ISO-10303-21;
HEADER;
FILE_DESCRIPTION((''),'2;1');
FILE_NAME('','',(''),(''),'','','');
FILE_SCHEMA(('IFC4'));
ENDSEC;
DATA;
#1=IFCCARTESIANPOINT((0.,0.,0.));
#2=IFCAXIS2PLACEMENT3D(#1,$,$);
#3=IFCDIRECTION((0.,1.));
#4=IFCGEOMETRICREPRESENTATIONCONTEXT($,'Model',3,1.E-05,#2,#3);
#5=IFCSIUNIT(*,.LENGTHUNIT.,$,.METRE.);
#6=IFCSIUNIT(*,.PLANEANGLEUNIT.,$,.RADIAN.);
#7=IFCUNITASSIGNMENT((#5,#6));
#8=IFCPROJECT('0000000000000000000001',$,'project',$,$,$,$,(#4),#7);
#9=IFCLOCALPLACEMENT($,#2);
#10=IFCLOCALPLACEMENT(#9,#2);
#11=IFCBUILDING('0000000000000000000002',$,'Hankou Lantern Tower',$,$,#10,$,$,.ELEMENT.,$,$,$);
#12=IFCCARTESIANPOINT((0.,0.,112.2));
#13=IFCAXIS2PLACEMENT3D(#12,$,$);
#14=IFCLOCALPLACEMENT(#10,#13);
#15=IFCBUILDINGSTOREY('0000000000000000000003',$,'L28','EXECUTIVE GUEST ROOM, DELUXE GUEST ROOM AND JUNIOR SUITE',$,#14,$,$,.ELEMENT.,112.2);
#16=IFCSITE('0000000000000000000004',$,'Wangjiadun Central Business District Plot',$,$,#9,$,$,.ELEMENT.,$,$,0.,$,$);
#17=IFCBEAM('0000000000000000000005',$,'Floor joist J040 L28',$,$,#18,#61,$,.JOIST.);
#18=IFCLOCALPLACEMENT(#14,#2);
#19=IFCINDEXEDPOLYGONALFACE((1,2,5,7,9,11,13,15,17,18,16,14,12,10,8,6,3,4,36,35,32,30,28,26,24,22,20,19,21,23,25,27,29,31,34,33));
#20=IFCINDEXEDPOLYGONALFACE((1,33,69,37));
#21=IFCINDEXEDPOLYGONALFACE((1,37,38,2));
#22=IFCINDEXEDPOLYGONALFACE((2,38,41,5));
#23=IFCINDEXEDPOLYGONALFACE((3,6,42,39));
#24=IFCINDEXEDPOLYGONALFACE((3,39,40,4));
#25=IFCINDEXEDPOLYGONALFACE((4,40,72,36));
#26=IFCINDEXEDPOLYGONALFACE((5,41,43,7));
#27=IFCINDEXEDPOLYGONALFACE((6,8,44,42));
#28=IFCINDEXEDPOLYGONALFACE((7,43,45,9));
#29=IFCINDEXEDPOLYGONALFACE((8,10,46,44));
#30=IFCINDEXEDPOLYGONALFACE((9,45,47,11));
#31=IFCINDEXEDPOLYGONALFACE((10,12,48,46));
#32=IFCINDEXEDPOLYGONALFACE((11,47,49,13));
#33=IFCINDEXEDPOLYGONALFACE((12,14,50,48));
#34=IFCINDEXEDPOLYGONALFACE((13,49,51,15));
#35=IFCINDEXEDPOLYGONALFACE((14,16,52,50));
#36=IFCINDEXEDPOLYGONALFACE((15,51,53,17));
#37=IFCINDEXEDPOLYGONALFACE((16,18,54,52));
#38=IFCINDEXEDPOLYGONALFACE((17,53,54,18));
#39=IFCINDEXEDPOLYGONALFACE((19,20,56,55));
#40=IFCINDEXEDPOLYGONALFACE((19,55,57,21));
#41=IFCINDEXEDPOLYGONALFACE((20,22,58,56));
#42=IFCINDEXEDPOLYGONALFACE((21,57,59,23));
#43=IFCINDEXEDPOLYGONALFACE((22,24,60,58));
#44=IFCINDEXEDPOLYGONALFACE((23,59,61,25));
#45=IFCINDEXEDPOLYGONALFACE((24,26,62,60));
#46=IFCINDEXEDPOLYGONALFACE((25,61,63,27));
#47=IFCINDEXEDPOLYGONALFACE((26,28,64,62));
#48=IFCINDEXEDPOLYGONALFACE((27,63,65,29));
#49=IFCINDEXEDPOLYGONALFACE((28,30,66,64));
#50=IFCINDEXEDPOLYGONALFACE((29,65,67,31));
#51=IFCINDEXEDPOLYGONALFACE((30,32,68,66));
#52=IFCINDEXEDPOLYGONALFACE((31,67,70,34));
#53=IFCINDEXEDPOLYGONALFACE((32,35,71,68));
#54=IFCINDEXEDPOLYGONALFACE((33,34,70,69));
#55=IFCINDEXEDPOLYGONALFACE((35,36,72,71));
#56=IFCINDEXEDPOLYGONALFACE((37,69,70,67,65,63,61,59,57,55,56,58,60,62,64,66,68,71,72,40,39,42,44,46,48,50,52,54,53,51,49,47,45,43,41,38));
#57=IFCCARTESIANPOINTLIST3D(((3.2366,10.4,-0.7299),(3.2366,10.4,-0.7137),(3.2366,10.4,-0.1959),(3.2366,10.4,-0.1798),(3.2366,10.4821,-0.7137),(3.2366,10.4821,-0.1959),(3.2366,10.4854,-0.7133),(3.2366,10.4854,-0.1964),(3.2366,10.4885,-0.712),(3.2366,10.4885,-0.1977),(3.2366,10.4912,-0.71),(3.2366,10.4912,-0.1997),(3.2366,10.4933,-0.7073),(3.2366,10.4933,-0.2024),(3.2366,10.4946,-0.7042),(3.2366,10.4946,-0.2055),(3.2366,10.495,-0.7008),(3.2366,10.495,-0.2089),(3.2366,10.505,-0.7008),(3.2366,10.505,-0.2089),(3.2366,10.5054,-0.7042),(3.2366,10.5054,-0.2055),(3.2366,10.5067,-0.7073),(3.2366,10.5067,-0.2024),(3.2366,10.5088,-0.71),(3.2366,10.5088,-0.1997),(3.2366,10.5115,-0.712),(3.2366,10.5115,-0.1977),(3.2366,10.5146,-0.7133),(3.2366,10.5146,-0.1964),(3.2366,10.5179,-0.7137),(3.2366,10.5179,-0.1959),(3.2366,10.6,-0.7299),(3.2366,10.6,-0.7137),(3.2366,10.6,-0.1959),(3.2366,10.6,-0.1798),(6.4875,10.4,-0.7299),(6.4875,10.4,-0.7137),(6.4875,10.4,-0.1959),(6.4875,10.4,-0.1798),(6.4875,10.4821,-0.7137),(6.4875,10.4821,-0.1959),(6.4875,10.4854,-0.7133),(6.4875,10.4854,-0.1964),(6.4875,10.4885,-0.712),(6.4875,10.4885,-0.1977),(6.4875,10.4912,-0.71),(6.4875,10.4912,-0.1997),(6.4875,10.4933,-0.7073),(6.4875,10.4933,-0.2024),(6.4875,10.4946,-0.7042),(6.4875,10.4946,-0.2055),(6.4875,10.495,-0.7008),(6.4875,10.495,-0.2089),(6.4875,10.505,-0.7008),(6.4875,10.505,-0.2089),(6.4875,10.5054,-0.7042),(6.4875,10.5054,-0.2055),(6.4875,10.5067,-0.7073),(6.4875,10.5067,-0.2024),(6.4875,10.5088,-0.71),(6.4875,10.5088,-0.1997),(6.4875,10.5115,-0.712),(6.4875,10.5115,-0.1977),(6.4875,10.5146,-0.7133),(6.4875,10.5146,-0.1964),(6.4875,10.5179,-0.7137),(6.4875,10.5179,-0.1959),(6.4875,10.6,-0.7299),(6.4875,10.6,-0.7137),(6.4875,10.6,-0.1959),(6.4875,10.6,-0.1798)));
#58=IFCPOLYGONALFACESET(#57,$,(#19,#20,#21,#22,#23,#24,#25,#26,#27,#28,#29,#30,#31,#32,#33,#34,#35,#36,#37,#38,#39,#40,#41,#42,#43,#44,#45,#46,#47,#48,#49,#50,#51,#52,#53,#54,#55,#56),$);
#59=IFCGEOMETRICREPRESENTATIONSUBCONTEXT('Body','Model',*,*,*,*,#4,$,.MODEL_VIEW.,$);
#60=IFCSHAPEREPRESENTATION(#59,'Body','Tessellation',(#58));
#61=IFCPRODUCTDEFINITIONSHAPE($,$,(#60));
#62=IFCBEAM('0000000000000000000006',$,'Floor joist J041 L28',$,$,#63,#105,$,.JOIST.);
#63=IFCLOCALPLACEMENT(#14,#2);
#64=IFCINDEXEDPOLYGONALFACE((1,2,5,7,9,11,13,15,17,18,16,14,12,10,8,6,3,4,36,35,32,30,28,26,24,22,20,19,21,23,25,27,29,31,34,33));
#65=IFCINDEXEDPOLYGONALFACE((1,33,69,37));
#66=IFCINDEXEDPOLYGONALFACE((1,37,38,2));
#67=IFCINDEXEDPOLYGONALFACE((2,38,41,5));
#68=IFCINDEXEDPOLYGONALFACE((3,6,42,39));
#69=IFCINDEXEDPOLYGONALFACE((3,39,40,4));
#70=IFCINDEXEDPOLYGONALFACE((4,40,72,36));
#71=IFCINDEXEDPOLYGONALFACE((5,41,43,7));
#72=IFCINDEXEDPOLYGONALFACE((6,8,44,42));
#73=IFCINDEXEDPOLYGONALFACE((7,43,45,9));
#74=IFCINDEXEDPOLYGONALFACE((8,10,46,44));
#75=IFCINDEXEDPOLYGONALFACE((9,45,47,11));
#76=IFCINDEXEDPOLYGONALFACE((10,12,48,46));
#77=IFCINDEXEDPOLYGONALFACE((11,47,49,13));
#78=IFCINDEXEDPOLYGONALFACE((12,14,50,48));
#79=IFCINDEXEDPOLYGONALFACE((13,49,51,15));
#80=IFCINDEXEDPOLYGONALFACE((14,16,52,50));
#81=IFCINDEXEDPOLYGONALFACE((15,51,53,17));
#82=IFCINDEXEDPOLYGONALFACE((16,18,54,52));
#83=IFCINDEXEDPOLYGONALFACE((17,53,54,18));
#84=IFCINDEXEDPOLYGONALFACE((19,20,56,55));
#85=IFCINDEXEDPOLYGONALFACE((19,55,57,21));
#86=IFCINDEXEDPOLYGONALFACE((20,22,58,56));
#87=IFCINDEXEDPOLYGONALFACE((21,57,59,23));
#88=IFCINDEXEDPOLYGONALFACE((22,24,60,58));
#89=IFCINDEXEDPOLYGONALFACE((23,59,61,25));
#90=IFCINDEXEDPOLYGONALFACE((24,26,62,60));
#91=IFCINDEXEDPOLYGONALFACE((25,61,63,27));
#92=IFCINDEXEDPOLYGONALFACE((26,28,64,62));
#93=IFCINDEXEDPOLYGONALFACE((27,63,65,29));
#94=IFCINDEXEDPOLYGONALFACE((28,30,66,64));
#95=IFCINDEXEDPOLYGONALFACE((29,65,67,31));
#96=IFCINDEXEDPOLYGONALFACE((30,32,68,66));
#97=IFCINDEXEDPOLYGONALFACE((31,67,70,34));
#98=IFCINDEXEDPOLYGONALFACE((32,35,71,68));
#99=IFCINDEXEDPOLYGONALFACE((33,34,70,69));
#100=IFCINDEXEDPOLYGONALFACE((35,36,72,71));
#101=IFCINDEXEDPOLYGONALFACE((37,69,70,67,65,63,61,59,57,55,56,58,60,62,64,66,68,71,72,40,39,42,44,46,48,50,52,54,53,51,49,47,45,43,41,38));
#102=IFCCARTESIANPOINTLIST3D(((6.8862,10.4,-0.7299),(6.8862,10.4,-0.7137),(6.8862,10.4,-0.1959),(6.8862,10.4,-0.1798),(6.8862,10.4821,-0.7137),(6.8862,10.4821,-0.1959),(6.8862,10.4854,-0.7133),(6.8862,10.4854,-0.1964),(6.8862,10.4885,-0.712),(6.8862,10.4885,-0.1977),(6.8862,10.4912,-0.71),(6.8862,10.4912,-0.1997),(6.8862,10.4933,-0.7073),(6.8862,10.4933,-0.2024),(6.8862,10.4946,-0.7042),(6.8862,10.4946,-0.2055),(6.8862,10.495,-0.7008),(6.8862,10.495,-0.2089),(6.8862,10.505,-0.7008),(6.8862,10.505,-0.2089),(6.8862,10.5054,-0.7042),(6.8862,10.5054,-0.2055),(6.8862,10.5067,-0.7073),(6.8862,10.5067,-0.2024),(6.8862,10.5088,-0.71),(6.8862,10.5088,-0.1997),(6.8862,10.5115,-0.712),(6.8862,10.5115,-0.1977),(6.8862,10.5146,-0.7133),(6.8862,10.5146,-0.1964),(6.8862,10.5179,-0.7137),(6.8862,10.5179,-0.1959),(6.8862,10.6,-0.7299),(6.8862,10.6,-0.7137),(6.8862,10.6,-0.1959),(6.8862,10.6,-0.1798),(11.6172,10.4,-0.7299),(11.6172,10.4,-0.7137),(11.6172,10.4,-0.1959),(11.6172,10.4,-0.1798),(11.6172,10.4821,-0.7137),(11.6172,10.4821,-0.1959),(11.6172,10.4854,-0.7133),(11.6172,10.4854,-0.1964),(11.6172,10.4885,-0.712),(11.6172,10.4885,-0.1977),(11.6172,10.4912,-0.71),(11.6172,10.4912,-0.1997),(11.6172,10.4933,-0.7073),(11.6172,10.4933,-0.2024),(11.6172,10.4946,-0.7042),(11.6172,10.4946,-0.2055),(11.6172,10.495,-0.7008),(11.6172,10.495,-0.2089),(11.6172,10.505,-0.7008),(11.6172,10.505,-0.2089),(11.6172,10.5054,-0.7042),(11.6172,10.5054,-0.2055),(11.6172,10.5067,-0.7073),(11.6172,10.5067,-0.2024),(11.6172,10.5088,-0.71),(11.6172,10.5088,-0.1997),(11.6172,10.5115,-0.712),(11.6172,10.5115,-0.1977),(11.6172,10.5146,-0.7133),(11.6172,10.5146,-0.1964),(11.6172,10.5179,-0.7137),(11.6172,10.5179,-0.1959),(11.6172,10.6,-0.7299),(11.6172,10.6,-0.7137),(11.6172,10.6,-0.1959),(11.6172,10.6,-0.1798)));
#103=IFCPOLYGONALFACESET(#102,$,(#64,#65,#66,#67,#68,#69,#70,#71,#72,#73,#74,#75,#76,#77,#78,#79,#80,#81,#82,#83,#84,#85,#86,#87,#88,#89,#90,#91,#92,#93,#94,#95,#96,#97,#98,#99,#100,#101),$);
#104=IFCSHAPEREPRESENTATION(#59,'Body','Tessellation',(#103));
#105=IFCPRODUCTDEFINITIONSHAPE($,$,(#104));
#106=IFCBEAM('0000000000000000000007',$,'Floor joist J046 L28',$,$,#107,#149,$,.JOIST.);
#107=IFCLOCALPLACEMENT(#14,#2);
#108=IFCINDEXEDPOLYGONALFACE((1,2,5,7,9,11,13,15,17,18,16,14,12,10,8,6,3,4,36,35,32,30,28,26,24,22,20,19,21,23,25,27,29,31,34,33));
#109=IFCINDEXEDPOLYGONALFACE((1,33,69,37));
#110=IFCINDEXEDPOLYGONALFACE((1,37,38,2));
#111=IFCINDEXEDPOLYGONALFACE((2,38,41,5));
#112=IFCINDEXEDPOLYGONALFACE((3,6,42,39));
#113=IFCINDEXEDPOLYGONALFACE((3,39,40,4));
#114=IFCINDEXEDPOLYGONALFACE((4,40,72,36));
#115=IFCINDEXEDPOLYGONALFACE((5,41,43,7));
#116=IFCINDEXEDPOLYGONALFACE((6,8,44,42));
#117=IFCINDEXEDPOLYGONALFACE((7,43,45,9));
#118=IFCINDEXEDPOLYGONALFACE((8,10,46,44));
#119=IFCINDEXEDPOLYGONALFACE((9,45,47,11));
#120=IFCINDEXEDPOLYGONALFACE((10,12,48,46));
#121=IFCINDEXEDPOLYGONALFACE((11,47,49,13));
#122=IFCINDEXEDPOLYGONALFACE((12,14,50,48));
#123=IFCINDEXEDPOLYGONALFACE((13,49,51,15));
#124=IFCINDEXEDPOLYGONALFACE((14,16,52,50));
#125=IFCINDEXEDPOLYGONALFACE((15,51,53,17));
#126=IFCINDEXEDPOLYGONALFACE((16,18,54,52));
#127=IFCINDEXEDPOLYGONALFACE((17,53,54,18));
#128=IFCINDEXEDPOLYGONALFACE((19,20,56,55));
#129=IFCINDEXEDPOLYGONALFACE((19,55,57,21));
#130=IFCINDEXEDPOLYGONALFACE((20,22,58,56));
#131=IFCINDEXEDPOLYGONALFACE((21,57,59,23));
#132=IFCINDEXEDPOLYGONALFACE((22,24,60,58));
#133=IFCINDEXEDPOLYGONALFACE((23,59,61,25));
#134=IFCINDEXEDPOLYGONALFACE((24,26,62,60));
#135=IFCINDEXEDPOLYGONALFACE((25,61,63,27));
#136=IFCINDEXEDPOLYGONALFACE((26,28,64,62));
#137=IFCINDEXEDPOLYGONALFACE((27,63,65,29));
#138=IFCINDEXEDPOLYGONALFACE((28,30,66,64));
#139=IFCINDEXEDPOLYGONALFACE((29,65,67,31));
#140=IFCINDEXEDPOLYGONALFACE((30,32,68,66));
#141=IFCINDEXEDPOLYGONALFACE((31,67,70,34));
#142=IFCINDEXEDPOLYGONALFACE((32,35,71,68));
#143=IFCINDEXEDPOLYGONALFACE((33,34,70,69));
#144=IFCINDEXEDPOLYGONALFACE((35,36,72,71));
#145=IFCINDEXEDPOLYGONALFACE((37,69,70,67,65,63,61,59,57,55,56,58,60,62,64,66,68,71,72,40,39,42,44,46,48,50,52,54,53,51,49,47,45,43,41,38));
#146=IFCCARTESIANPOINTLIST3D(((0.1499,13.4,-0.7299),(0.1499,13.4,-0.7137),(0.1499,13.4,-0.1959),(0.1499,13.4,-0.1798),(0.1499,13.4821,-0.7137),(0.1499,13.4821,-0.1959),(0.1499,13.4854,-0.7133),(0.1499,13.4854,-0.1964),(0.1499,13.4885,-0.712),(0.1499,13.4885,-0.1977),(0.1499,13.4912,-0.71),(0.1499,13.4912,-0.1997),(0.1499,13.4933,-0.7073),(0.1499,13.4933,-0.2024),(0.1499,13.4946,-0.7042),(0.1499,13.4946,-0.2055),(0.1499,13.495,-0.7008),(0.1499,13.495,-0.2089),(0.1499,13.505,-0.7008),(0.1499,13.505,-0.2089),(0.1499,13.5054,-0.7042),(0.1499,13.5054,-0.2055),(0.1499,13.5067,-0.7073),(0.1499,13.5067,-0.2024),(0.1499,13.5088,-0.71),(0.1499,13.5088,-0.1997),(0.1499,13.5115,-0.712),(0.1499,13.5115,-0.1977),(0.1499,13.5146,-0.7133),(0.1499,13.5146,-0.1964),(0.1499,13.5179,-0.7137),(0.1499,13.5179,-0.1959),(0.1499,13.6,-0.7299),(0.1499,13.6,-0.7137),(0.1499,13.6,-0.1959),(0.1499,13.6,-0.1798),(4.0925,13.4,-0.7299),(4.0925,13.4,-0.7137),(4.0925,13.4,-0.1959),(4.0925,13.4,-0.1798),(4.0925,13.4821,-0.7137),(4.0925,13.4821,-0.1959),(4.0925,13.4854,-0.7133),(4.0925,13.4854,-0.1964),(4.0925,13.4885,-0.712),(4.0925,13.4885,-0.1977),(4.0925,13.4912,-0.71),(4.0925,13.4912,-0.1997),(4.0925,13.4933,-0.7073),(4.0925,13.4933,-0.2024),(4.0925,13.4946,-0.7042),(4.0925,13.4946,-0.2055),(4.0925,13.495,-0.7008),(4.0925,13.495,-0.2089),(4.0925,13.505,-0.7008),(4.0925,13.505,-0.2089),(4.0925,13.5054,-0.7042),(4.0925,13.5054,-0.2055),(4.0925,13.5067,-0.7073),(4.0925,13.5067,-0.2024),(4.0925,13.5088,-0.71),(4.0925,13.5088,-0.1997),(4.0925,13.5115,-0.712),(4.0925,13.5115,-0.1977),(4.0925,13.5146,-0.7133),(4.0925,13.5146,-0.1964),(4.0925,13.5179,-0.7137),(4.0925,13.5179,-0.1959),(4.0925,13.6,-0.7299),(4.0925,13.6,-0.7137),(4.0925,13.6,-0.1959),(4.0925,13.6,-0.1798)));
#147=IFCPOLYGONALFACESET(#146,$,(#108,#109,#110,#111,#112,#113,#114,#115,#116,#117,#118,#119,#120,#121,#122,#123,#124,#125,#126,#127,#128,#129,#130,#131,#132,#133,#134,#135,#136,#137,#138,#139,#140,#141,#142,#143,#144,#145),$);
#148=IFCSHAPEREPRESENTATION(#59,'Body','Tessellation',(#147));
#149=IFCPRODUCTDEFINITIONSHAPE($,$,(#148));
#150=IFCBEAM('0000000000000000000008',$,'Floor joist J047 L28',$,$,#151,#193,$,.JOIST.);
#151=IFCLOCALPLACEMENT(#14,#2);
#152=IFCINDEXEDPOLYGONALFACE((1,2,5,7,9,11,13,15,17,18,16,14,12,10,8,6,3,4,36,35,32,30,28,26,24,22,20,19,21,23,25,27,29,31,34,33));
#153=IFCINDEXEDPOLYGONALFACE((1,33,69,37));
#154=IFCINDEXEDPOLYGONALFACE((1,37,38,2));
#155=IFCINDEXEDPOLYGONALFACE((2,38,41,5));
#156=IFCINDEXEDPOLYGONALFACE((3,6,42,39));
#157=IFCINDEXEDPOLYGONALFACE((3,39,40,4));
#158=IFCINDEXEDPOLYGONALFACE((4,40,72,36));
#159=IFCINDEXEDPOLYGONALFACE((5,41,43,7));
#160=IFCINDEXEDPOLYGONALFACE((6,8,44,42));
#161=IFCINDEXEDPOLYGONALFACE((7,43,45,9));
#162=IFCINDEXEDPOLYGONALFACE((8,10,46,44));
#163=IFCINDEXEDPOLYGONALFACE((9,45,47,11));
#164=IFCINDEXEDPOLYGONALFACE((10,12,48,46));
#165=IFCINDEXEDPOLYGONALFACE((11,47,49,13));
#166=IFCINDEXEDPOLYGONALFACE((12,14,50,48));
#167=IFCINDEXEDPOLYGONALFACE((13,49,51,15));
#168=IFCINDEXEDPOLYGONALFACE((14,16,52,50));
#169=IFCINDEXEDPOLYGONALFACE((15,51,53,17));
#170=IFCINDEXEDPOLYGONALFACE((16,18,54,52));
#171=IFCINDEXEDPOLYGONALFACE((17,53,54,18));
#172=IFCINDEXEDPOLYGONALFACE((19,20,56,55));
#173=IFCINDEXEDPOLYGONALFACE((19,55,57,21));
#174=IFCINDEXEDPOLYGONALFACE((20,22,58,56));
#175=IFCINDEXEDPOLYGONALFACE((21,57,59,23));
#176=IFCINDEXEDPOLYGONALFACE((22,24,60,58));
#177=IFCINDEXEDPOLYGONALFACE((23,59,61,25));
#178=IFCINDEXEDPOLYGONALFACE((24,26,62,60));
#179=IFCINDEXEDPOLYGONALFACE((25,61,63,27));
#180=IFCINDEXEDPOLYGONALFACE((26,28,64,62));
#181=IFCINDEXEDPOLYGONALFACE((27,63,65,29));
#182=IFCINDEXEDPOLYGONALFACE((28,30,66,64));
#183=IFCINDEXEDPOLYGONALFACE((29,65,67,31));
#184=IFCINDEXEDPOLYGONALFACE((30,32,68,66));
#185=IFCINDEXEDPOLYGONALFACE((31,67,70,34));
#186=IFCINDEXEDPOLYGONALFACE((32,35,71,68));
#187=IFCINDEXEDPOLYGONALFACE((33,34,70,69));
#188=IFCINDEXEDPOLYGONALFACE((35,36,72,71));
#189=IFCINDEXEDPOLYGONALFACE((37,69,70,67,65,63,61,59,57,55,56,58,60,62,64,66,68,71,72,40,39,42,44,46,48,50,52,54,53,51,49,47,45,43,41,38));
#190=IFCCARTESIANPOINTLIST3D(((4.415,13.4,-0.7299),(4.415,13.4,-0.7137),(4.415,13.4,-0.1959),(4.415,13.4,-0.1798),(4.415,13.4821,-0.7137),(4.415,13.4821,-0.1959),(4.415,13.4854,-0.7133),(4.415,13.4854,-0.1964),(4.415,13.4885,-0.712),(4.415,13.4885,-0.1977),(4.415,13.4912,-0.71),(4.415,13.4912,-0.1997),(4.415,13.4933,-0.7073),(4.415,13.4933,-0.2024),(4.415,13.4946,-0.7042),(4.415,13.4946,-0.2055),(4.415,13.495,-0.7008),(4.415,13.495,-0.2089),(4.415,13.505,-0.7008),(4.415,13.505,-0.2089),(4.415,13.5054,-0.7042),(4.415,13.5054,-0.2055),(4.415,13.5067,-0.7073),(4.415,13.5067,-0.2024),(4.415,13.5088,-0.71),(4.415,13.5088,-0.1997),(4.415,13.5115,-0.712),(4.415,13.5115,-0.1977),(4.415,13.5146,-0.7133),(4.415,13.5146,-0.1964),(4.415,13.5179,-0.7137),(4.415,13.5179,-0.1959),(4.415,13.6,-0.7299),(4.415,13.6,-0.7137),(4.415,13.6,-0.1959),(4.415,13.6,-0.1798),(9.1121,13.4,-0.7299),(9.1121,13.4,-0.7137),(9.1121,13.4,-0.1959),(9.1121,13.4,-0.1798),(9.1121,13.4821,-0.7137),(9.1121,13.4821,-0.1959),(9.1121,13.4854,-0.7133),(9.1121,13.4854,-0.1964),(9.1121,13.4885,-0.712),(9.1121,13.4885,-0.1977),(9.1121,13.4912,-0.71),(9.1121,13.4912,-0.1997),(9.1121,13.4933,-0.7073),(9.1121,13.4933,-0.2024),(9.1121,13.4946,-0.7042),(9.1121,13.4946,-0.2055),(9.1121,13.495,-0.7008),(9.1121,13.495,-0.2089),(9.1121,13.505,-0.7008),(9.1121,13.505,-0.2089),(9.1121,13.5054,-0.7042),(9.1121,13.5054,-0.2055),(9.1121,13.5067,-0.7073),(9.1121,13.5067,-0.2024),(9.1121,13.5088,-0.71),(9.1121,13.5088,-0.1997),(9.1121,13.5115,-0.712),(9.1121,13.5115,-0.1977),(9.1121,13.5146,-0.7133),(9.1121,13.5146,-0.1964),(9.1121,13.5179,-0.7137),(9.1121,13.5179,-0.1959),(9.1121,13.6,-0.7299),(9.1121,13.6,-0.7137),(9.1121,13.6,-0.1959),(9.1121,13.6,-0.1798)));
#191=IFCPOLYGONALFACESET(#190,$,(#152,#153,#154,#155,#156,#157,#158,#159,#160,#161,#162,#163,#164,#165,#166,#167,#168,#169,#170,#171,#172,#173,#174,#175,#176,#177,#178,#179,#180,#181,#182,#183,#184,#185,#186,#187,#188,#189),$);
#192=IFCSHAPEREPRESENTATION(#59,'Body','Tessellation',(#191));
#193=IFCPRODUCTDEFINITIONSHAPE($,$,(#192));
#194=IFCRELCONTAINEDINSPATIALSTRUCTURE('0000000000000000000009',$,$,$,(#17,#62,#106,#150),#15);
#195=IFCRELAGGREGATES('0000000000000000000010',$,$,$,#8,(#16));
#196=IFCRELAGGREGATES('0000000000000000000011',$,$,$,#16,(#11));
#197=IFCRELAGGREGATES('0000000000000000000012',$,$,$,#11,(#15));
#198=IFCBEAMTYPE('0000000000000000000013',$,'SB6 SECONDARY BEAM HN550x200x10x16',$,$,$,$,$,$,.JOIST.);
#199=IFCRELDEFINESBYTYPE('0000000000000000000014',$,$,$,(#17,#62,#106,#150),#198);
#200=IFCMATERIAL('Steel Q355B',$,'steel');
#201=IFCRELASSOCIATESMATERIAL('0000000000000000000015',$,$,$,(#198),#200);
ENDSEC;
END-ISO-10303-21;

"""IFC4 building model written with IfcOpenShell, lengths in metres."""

from ifc_helpers import new_model, si_unit, direction, frame, origin, origin_2d, place, context, subcontext, project, spatial, i_section, extrude, material, material_profile, profile_set, type_object, element, save


model = new_model("IFC4")

# Units and contexts
model_context = context("Model", 3, precision=1e-05, world=origin(), true_north=direction((0.0, 1.0)))
body_context = subcontext(model_context, "Body", "Model", "MODEL_VIEW")
ifc_project = project(units=[si_unit("LENGTHUNIT", "METRE"), si_unit("PLANEANGLEUNIT", "RADIAN")], contexts=[model_context])

# Site, building, storey
site_placement = place(None, origin())
site = spatial("IfcSite", under=ifc_project, at=site_placement, Name="Wangjiadun Central Business District Plot", CompositionType="ELEMENT", RefElevation=0.0)
building_placement = place(site_placement, origin())
building = spatial("IfcBuilding", under=site, at=building_placement, Name="Hankou Lantern Tower", CompositionType="ELEMENT")
storey_placement = place(building_placement, frame((0.0, 0.0, 112.2)))
storey = spatial("IfcBuildingStorey", under=building, at=storey_placement, Name="L28", Description="EXECUTIVE GUEST ROOM, DELUXE GUEST ROOM AND JUNIOR SUITE", CompositionType="ELEMENT", Elevation=112.2)

# Beams
ifc_material_1 = material(Name="Steel Q355B", Category="steel")
ifc_material_profile_1 = material_profile(ifc_material_1, i_section(OverallWidth=0.2, OverallDepth=0.55, WebThickness=0.01, FlangeThickness=0.0161, FilletRadius=0.0129, at=origin_2d()), Name="HN550x200x10x16")
ifc_profile_set_1 = profile_set([ifc_material_profile_1], Name="Steel Q355B")
beam_type_1 = type_object("IfcBeamType", Name="SB6 SECONDARY BEAM HN550x200x10x16", PredefinedType="JOIST", material=ifc_profile_set_1)
beam_1_placement = place(storey_placement, frame((3.2366, 10.5, -0.4548), z_axis=(1.0, 0.0, 0.0), x_axis=(0.0, 1.0, 0.0)))
element("IfcBeam", 1, at=beam_1_placement, inside=storey, type_object=beam_type_1, Name="Floor joist J040 L28", PredefinedType="JOIST", context=body_context, shape_type="SweptSolid", body=[
    extrude(i_section(OverallWidth=0.2, OverallDepth=0.55, WebThickness=0.01, FlangeThickness=0.0161, FilletRadius=0.0129, at=origin_2d()), origin(), (0.0, 0.0, 1.0), 3.251),
])
beam_2_placement = place(storey_placement, frame((6.8862, 10.5, -0.4548), z_axis=(1.0, 0.0, 0.0), x_axis=(0.0, 1.0, 0.0)))
element("IfcBeam", 2, at=beam_2_placement, inside=storey, type_object=beam_type_1, Name="Floor joist J041 L28", PredefinedType="JOIST", context=body_context, shape_type="SweptSolid", body=[
    extrude(i_section(OverallWidth=0.2, OverallDepth=0.55, WebThickness=0.01, FlangeThickness=0.0161, FilletRadius=0.0129, at=origin_2d()), origin(), (0.0, 0.0, 1.0), 4.731),
])
beam_3_placement = place(storey_placement, frame((0.1499, 13.5, -0.4548), z_axis=(1.0, 0.0, 0.0), x_axis=(0.0, 1.0, 0.0)))
element("IfcBeam", 3, at=beam_3_placement, inside=storey, type_object=beam_type_1, Name="Floor joist J046 L28", PredefinedType="JOIST", context=body_context, shape_type="SweptSolid", body=[
    extrude(i_section(OverallWidth=0.2, OverallDepth=0.55, WebThickness=0.01, FlangeThickness=0.0161, FilletRadius=0.0129, at=origin_2d()), origin(), (0.0, 0.0, 1.0), 3.9426),
])
beam_4_placement = place(storey_placement, frame((4.415, 13.5, -0.4548), z_axis=(1.0, 0.0, 0.0), x_axis=(0.0, 1.0, 0.0)))
element("IfcBeam", 4, at=beam_4_placement, inside=storey, type_object=beam_type_1, Name="Floor joist J047 L28", PredefinedType="JOIST", context=body_context, shape_type="SweptSolid", body=[
    extrude(i_section(OverallWidth=0.2, OverallDepth=0.55, WebThickness=0.01, FlangeThickness=0.0161, FilletRadius=0.0129, at=origin_2d()), origin(), (0.0, 0.0, 1.0), 4.697),
])

save(model, "model.ifc")
